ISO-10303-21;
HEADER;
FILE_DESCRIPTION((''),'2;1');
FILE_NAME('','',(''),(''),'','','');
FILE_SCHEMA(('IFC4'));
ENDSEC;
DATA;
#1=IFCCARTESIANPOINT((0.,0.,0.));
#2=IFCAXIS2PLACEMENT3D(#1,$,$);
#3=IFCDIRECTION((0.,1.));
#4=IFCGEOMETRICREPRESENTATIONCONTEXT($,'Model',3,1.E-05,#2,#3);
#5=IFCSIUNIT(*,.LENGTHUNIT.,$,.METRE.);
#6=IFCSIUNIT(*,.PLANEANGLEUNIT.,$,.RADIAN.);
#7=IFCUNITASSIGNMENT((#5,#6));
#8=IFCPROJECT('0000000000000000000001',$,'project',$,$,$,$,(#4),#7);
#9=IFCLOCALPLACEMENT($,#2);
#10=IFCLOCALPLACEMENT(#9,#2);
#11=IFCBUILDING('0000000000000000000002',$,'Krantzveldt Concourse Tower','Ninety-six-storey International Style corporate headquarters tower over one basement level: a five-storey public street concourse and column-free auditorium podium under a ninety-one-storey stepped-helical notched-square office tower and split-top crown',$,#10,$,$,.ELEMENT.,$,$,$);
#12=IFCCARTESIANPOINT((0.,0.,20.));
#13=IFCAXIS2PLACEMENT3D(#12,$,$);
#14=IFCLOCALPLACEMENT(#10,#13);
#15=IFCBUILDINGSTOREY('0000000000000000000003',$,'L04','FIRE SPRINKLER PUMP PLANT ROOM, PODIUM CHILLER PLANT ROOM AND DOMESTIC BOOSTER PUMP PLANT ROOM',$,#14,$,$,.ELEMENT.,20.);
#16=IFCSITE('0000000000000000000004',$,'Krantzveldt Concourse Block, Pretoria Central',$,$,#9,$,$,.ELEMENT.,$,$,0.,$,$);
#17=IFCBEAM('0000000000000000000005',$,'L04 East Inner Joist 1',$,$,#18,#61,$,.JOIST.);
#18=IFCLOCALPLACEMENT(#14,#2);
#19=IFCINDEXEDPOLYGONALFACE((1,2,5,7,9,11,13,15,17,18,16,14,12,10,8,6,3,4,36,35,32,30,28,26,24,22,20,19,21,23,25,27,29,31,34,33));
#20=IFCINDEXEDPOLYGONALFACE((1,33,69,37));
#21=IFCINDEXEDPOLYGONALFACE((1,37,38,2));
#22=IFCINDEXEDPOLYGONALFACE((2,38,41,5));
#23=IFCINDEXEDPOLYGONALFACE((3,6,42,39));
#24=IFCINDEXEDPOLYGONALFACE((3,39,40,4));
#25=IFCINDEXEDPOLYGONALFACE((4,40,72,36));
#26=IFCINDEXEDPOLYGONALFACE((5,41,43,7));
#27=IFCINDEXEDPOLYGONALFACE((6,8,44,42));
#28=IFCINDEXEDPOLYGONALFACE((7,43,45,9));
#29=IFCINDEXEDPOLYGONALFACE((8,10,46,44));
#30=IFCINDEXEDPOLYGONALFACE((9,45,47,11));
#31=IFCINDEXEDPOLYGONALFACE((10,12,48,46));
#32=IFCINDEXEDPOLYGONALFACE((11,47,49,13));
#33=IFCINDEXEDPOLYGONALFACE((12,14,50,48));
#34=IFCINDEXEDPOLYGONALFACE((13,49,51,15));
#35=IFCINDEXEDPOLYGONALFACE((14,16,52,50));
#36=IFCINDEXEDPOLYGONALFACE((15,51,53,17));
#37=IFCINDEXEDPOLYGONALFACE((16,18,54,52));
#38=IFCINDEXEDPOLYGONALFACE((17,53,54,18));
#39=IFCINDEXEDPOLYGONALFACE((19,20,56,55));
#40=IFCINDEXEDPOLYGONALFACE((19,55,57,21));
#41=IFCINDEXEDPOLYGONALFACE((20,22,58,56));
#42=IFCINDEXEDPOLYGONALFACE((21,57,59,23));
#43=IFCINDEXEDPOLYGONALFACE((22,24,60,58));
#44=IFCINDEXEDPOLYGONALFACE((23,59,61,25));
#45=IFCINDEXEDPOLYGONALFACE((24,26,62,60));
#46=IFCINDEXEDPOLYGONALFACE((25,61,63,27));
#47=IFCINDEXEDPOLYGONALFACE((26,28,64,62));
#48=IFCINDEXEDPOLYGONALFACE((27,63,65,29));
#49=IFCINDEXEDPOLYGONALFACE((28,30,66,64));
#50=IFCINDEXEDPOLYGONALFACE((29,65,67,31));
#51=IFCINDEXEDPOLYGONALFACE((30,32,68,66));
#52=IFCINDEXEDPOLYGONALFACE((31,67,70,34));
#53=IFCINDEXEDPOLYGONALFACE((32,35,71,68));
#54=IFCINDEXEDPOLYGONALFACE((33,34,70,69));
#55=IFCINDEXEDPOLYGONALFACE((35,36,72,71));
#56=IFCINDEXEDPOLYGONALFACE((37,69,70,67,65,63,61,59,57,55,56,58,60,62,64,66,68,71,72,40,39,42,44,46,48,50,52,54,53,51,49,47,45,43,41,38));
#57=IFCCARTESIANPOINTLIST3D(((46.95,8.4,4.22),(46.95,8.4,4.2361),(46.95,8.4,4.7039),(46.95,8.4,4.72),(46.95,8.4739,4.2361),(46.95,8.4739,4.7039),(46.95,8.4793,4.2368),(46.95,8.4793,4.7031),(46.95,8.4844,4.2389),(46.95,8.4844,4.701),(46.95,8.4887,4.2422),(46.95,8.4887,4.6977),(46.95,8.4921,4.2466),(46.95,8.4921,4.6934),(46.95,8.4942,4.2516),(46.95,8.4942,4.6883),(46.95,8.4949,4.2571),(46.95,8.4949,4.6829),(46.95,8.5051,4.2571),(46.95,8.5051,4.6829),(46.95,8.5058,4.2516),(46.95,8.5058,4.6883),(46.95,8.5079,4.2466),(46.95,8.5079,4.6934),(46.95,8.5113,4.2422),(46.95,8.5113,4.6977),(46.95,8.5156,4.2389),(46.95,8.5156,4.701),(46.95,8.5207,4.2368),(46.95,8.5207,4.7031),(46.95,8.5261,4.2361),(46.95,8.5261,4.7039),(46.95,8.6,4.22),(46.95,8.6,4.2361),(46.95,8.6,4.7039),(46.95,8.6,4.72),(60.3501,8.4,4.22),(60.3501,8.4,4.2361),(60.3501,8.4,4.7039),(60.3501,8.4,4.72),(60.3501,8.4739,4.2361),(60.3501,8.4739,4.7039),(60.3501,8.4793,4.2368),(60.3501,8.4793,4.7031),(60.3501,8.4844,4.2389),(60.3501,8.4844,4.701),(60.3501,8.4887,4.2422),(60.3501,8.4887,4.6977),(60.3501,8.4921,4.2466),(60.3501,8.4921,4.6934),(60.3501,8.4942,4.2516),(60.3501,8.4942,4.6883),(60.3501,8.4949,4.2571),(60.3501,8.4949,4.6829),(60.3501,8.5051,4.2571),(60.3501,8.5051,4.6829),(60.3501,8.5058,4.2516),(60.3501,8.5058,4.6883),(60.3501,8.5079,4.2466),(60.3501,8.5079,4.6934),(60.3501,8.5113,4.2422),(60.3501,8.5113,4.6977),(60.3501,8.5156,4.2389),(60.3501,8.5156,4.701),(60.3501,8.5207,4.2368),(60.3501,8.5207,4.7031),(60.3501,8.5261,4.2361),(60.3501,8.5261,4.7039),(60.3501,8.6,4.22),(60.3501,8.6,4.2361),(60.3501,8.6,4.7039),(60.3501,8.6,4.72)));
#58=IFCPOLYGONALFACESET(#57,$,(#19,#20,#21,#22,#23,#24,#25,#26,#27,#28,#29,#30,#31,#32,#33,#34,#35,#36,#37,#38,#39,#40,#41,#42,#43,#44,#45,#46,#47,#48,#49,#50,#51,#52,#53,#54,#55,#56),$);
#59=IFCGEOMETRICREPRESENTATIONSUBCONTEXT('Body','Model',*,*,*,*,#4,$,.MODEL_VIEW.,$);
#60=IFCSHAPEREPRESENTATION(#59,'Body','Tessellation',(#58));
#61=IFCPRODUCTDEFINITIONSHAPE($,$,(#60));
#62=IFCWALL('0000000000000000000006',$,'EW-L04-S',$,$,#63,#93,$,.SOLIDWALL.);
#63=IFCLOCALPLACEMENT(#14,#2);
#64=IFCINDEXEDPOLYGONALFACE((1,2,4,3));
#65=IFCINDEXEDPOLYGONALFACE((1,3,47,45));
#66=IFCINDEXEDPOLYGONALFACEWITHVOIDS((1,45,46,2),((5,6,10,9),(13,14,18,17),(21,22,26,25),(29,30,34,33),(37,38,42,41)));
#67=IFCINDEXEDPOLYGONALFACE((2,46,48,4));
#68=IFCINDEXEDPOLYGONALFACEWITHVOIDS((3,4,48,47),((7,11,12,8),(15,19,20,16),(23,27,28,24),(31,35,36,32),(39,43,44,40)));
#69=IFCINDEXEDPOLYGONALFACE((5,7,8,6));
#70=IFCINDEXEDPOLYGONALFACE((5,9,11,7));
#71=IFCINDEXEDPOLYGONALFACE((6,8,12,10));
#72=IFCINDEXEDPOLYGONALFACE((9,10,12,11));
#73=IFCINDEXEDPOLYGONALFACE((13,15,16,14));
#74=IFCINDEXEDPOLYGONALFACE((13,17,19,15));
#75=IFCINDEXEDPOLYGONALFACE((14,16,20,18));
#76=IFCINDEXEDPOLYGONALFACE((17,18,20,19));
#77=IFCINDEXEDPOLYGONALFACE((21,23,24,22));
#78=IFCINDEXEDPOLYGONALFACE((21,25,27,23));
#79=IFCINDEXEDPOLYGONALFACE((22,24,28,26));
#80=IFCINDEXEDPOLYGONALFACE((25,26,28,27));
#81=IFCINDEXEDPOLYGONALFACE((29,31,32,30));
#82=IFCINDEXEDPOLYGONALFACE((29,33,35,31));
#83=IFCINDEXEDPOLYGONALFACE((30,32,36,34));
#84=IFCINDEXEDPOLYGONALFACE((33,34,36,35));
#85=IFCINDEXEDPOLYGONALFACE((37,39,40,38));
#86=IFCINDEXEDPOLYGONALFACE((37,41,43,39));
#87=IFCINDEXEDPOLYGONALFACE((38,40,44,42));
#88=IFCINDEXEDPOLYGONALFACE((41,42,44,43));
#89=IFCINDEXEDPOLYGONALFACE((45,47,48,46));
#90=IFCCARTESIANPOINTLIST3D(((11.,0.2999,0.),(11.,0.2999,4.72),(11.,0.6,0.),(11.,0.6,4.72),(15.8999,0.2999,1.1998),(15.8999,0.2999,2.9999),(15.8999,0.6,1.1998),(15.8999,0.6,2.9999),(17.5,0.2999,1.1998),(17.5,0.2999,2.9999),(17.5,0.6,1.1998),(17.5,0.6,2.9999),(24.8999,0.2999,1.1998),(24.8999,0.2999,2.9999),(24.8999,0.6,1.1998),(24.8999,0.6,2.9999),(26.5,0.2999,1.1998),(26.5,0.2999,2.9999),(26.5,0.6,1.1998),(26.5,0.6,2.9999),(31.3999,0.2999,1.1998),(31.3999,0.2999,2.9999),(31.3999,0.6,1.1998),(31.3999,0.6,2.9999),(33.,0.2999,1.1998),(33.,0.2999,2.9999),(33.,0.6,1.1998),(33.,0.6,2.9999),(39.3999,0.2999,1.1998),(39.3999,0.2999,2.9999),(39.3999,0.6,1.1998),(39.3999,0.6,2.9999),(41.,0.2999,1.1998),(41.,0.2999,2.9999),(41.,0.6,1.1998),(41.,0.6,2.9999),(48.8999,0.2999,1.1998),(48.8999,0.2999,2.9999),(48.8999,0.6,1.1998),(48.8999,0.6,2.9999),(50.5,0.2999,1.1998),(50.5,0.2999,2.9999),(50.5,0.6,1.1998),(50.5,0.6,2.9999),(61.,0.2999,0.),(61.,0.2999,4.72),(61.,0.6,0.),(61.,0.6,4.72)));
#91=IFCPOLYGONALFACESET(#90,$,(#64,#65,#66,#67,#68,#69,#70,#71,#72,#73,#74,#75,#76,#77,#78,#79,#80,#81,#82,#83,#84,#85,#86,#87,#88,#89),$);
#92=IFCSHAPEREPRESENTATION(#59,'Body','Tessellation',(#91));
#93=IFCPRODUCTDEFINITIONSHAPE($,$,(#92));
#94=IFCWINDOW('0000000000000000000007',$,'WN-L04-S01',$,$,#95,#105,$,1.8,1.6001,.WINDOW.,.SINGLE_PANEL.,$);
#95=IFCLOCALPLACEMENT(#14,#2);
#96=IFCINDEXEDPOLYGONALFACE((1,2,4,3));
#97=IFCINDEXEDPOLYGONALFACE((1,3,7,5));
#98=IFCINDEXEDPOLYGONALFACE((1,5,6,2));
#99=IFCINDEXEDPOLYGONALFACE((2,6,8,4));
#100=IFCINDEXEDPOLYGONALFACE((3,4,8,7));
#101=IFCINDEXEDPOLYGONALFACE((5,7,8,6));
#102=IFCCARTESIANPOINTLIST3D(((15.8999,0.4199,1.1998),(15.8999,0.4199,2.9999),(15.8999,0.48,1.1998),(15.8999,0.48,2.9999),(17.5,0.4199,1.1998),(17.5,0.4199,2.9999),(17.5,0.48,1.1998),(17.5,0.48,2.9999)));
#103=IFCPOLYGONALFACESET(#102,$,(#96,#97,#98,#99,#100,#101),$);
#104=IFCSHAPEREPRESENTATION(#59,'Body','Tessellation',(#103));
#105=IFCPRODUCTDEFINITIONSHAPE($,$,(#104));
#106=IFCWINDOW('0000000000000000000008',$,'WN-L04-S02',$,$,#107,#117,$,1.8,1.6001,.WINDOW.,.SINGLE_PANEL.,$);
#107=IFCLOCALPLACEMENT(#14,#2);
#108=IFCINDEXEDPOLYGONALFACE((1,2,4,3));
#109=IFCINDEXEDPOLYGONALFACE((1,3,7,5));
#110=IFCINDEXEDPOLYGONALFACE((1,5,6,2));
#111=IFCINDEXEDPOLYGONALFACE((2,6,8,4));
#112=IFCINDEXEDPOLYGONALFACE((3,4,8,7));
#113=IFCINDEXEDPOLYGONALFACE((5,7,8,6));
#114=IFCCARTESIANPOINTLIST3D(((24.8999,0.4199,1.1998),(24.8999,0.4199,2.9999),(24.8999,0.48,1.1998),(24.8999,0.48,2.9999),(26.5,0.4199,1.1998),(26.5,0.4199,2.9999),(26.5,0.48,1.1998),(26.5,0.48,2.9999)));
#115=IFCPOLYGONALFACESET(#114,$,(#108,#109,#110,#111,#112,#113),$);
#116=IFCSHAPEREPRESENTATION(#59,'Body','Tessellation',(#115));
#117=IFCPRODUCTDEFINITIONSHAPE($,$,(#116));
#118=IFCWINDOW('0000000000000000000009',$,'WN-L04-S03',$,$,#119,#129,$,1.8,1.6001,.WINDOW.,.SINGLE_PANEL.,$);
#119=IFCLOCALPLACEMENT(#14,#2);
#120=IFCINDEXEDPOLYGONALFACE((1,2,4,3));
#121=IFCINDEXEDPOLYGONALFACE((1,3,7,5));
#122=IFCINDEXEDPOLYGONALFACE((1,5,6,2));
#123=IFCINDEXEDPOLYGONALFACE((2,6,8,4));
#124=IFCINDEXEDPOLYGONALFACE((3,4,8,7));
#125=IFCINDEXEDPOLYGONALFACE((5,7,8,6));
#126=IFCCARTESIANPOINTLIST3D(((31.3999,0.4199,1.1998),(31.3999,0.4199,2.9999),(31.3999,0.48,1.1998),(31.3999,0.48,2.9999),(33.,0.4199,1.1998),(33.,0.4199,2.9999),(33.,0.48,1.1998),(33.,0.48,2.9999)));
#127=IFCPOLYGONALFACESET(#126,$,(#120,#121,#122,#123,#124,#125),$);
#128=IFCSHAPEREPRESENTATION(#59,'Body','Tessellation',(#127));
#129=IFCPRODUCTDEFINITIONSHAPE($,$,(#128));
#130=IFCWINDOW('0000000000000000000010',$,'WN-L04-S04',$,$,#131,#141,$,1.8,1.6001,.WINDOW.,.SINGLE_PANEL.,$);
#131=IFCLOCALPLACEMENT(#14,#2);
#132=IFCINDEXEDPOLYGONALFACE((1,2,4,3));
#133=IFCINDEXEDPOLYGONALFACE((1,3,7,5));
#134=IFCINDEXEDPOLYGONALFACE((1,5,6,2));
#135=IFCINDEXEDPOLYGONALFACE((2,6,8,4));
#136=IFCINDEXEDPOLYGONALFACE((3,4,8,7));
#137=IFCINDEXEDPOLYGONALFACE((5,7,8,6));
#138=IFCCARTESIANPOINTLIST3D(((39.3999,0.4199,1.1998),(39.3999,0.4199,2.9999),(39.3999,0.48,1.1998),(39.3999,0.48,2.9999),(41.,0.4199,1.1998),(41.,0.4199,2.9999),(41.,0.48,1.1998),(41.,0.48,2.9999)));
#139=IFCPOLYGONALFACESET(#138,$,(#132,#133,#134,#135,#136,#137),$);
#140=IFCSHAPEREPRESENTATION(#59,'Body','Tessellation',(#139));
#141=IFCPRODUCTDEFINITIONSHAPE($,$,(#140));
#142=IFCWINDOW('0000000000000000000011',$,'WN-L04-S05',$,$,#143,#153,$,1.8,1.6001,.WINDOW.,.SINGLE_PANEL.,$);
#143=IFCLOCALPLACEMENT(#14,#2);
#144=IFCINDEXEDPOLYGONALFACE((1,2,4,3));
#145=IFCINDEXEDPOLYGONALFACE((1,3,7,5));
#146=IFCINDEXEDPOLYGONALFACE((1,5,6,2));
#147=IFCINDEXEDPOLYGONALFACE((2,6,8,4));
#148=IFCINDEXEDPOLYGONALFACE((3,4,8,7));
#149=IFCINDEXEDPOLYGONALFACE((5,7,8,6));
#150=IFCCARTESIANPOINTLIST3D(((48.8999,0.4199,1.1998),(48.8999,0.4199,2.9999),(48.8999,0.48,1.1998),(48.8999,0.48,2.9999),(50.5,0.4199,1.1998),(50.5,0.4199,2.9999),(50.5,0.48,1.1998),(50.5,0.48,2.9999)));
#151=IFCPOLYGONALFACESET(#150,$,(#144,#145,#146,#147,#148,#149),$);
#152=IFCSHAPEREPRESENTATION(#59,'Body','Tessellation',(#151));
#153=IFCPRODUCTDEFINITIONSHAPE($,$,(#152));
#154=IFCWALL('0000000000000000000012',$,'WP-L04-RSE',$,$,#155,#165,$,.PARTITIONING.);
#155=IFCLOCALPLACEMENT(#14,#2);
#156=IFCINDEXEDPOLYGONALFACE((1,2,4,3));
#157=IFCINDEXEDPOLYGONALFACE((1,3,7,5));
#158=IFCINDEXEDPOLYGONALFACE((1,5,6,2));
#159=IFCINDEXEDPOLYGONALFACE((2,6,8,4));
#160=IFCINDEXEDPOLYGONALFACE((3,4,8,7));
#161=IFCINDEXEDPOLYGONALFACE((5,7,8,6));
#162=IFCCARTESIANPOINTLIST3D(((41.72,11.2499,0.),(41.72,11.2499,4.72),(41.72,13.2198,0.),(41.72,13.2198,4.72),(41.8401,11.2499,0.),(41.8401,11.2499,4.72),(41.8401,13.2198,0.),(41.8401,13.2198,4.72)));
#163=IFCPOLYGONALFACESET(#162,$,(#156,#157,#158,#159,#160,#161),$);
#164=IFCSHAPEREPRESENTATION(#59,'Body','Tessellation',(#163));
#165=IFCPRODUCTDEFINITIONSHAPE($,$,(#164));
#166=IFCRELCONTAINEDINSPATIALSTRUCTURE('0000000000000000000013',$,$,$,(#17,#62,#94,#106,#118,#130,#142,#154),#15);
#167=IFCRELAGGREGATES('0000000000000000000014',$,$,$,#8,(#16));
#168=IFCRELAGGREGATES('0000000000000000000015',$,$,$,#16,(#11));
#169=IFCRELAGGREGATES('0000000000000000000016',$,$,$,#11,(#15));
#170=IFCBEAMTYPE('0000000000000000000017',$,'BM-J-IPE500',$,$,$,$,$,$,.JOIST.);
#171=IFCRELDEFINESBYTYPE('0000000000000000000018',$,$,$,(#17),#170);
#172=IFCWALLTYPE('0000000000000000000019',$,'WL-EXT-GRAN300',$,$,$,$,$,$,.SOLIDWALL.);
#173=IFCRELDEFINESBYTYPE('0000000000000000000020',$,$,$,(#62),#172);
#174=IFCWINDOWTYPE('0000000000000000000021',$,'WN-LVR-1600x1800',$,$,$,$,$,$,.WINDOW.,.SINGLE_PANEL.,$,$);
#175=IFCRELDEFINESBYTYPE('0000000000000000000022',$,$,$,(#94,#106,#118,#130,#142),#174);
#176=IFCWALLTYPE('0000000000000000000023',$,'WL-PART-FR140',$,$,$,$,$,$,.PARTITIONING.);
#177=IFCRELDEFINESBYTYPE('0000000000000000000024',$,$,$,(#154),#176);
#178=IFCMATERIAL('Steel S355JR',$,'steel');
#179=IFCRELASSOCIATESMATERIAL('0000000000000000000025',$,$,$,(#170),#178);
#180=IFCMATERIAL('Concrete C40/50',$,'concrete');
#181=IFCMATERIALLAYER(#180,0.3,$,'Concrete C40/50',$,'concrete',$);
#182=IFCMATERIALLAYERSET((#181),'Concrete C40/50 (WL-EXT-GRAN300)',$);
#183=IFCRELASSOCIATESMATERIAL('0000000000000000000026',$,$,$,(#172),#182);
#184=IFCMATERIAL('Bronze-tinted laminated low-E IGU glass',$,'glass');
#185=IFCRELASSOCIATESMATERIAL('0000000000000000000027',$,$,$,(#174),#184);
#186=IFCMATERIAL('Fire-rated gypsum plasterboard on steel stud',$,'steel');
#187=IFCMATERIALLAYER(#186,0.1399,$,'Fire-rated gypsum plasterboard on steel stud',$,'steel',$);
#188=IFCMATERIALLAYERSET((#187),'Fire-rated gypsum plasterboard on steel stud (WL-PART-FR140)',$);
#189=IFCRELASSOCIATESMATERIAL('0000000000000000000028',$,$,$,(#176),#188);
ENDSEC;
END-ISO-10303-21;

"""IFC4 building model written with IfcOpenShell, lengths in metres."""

from ifc_helpers import new_model, si_unit, direction, frame, frame_2d, origin, origin_2d, place, context, subcontext, project, spatial, rectangle, i_section, extrude, source, transform, mapped, material, layer, layer_set, material_profile, profile_set, type_object, type_shapes, element, fill, save


model = new_model("IFC4")

# Units and contexts
model_context = context("Model", 3, precision=1e-05, world=origin(), true_north=direction((0.0, 1.0)))
body_context = subcontext(model_context, "Body", "Model", "MODEL_VIEW")
ifc_project = project(units=[si_unit("LENGTHUNIT", "METRE"), si_unit("PLANEANGLEUNIT", "RADIAN")], contexts=[model_context])

# Site, building, storey
site_placement = place(None, origin())
site = spatial("IfcSite", under=ifc_project, at=site_placement, Name="Krantzveldt Concourse Block, Pretoria Central", CompositionType="ELEMENT", RefElevation=0.0)
building_placement = place(site_placement, origin())
building = spatial("IfcBuilding", under=site, at=building_placement, Name="Krantzveldt Concourse Tower", Description="Ninety-six-storey International Style corporate headquarters tower over one basement level: a five-storey public street concourse and column-free auditorium podium under a ninety-one-storey stepped-helical notched-square office tower and split-top crown", CompositionType="ELEMENT")
storey_placement = place(building_placement, frame((0.0, 0.0, 20.0)))
storey = spatial("IfcBuildingStorey", under=building, at=storey_placement, Name="L04", Description="FIRE SPRINKLER PUMP PLANT ROOM, PODIUM CHILLER PLANT ROOM AND DOMESTIC BOOSTER PUMP PLANT ROOM", CompositionType="ELEMENT", Elevation=20.0)

# Shared definitions
ifc_material_1 = material(Name="Concrete C40/50", Category="concrete")

# Beam
ifc_material_2 = material(Name="Steel S355JR", Category="steel")
ifc_material_profile_1 = material_profile(ifc_material_2, i_section(OverallWidth=0.2, OverallDepth=0.5, WebThickness=0.0103, FlangeThickness=0.0161, FilletRadius=0.021, at=origin_2d()), Name="Steel S355JR", Category="steel")
ifc_profile_set_1 = profile_set([ifc_material_profile_1], Name="Steel S355JR - IPE 500")
beam_type_1 = type_object("IfcBeamType", Name="BM-J-IPE500", PredefinedType="JOIST", material=ifc_profile_set_1)
shared_shape_1 = source(origin(), body_context, "Body", "SweptSolid", [
    extrude(i_section(OverallWidth=0.2, OverallDepth=0.5, WebThickness=0.0103, FlangeThickness=0.0161, FilletRadius=0.021, at=origin_2d()), origin(), (0.0, 0.0, 1.0), 13.4001),
])
type_shapes(beam_type_1, [shared_shape_1])
beam_1_placement = place(storey_placement, frame((46.95, 8.5, 4.47), z_axis=(1.0, 0.0, 0.0), x_axis=(0.0, 1.0, 0.0)))
element("IfcBeam", 1, at=beam_1_placement, inside=storey, type_object=beam_type_1, Name="L04 East Inner Joist 1", PredefinedType="JOIST", context=body_context, shape_type="MappedRepresentation", body=[
    mapped(shared_shape_1, transform((0.0, 0.0, 0.0), x_axis=(1.0, 0.0, 0.0), y_axis=(0.0, 1.0, 0.0), z_axis=(0.0, 0.0, 1.0), scale=1.0)),
])

# Wall, openings, windows
ifc_layer_1 = layer(ifc_material_1, 0.3, Name="Concrete C40/50", Category="concrete")
ifc_layer_set_1 = layer_set([ifc_layer_1], Name="Concrete C40/50 (WL-EXT-GRAN300)")
wall_type_1 = type_object("IfcWallType", Name="WL-EXT-GRAN300", PredefinedType="SOLIDWALL", material=ifc_layer_set_1)
wall_1_placement = place(storey_placement, frame((61.0, 0.45, 0.0), z_axis=(0.0, 0.0, 1.0), x_axis=(-1.0, 0.0, 0.0)))
wall_1 = element("IfcWall", 2, at=wall_1_placement, inside=storey, type_object=wall_type_1, Name="EW-L04-S", PredefinedType="SOLIDWALL", context=body_context, shape_type="SweptSolid", body=[
    extrude(rectangle(XDim=50.0, YDim=0.3, at=frame_2d((25.0, 0.0))), origin(), (0.0, 0.0, 1.0), 4.72),
])
opening_1_placement = place(wall_1_placement, frame((43.5, 0.0, 1.2)))
opening_1 = element("IfcOpeningElement", 3, at=opening_1_placement, cuts=wall_1, PredefinedType="OPENING", context=body_context, shape_type="SweptSolid", body=[
    extrude(rectangle(XDim=1.6001, YDim=1.8, at=frame_2d((0.8, 0.8999))), frame((0.0, 0.1602, 0.0), z_axis=(0.0, -1.0, 0.0), x_axis=(1.0, 0.0, 0.0)), (0.0, 0.0, 1.0), 0.3201),
])
opening_2_placement = place(wall_1_placement, frame((34.5, 0.0, 1.2)))
opening_2 = element("IfcOpeningElement", 4, at=opening_2_placement, cuts=wall_1, PredefinedType="OPENING", context=body_context, shape_type="SweptSolid", body=[
    extrude(rectangle(XDim=1.6001, YDim=1.8, at=frame_2d((0.8, 0.8999))), frame((0.0, 0.1602, 0.0), z_axis=(0.0, -1.0, 0.0), x_axis=(1.0, 0.0, 0.0)), (0.0, 0.0, 1.0), 0.3201),
])
opening_3_placement = place(wall_1_placement, frame((28.0, 0.0, 1.2)))
opening_3 = element("IfcOpeningElement", 5, at=opening_3_placement, cuts=wall_1, PredefinedType="OPENING", context=body_context, shape_type="SweptSolid", body=[
    extrude(rectangle(XDim=1.6001, YDim=1.8, at=frame_2d((0.8, 0.8999))), frame((0.0, 0.1602, 0.0), z_axis=(0.0, -1.0, 0.0), x_axis=(1.0, 0.0, 0.0)), (0.0, 0.0, 1.0), 0.3201),
])
opening_4_placement = place(wall_1_placement, frame((20.0, 0.0, 1.2)))
opening_4 = element("IfcOpeningElement", 6, at=opening_4_placement, cuts=wall_1, PredefinedType="OPENING", context=body_context, shape_type="SweptSolid", body=[
    extrude(rectangle(XDim=1.6001, YDim=1.8, at=frame_2d((0.8, 0.8999))), frame((0.0, 0.1602, 0.0), z_axis=(0.0, -1.0, 0.0), x_axis=(1.0, 0.0, 0.0)), (0.0, 0.0, 1.0), 0.3201),
])
opening_5_placement = place(wall_1_placement, frame((10.5, 0.0, 1.2)))
opening_5 = element("IfcOpeningElement", 7, at=opening_5_placement, cuts=wall_1, PredefinedType="OPENING", context=body_context, shape_type="SweptSolid", body=[
    extrude(rectangle(XDim=1.6001, YDim=1.8, at=frame_2d((0.8, 0.8999))), frame((0.0, 0.1602, 0.0), z_axis=(0.0, -1.0, 0.0), x_axis=(1.0, 0.0, 0.0)), (0.0, 0.0, 1.0), 0.3201),
])
ifc_material_3 = material(Name="Bronze-tinted laminated low-E IGU glass", Category="glass")
window_type = type_object("IfcWindowType", Name="WN-LVR-1600x1800", PartitioningType="SINGLE_PANEL", PredefinedType="WINDOW", material=ifc_material_3)
window_1_placement = place(opening_1_placement, origin())
window_1 = element("IfcWindow", 8, at=window_1_placement, inside=storey, type_object=window_type, Name="WN-L04-S01", OverallHeight=1.8, OverallWidth=1.6001, PartitioningType="SINGLE_PANEL", PredefinedType="WINDOW", context=body_context, shape_type="SweptSolid", body=[
    extrude(rectangle(XDim=1.6001, YDim=1.8, at=frame_2d((0.8, 0.8999))), frame((0.0, 0.03, 0.0), z_axis=(0.0, -1.0, 0.0), x_axis=(1.0, 0.0, 0.0)), (0.0, 0.0, 1.0), 0.0601),
])
fill(opening_1, window_1)
window_2_placement = place(opening_2_placement, origin())
window_2 = element("IfcWindow", 9, at=window_2_placement, inside=storey, type_object=window_type, Name="WN-L04-S02", OverallHeight=1.8, OverallWidth=1.6001, PartitioningType="SINGLE_PANEL", PredefinedType="WINDOW", context=body_context, shape_type="SweptSolid", body=[
    extrude(rectangle(XDim=1.6001, YDim=1.8, at=frame_2d((0.8, 0.8999))), frame((0.0, 0.03, 0.0), z_axis=(0.0, -1.0, 0.0), x_axis=(1.0, 0.0, 0.0)), (0.0, 0.0, 1.0), 0.0601),
])
fill(opening_2, window_2)
window_3_placement = place(opening_3_placement, origin())
window_3 = element("IfcWindow", 10, at=window_3_placement, inside=storey, type_object=window_type, Name="WN-L04-S03", OverallHeight=1.8, OverallWidth=1.6001, PartitioningType="SINGLE_PANEL", PredefinedType="WINDOW", context=body_context, shape_type="SweptSolid", body=[
    extrude(rectangle(XDim=1.6001, YDim=1.8, at=frame_2d((0.8, 0.8999))), frame((0.0, 0.03, 0.0), z_axis=(0.0, -1.0, 0.0), x_axis=(1.0, 0.0, 0.0)), (0.0, 0.0, 1.0), 0.0601),
])
fill(opening_3, window_3)
window_4_placement = place(opening_4_placement, origin())
window_4 = element("IfcWindow", 11, at=window_4_placement, inside=storey, type_object=window_type, Name="WN-L04-S04", OverallHeight=1.8, OverallWidth=1.6001, PartitioningType="SINGLE_PANEL", PredefinedType="WINDOW", context=body_context, shape_type="SweptSolid", body=[
    extrude(rectangle(XDim=1.6001, YDim=1.8, at=frame_2d((0.8, 0.8999))), frame((0.0, 0.03, 0.0), z_axis=(0.0, -1.0, 0.0), x_axis=(1.0, 0.0, 0.0)), (0.0, 0.0, 1.0), 0.0601),
])
fill(opening_4, window_4)
window_5_placement = place(opening_5_placement, origin())
window_5 = element("IfcWindow", 12, at=window_5_placement, inside=storey, type_object=window_type, Name="WN-L04-S05", OverallHeight=1.8, OverallWidth=1.6001, PartitioningType="SINGLE_PANEL", PredefinedType="WINDOW", context=body_context, shape_type="SweptSolid", body=[
    extrude(rectangle(XDim=1.6001, YDim=1.8, at=frame_2d((0.8, 0.8999))), frame((0.0, 0.03, 0.0), z_axis=(0.0, -1.0, 0.0), x_axis=(1.0, 0.0, 0.0)), (0.0, 0.0, 1.0), 0.0601),
])
fill(opening_5, window_5)

# Wall
ifc_material_4 = material(Name="Fire-rated gypsum plasterboard on steel stud", Category="steel")
ifc_layer_2 = layer(ifc_material_4, 0.1399, Name="Fire-rated gypsum plasterboard on steel stud", Category="steel")
ifc_layer_set_2 = layer_set([ifc_layer_2], Name="Fire-rated gypsum plasterboard on steel stud (WL-PART-FR140)")
wall_type_2 = type_object("IfcWallType", Name="WL-PART-FR140", PredefinedType="PARTITIONING", material=ifc_layer_set_2)
wall_2_placement = place(storey_placement, frame((41.78, 11.25, 0.0), z_axis=(0.0, 0.0, 1.0), x_axis=(0.0, 1.0, 0.0)))
element("IfcWall", 13, at=wall_2_placement, inside=storey, type_object=wall_type_2, Name="WP-L04-RSE", PredefinedType="PARTITIONING", context=body_context, shape_type="SweptSolid", body=[
    extrude(rectangle(XDim=1.97, YDim=0.1201, at=frame_2d((0.9849, 0.0))), origin(), (0.0, 0.0, 1.0), 4.72),
])

save(model, "model.ifc")
